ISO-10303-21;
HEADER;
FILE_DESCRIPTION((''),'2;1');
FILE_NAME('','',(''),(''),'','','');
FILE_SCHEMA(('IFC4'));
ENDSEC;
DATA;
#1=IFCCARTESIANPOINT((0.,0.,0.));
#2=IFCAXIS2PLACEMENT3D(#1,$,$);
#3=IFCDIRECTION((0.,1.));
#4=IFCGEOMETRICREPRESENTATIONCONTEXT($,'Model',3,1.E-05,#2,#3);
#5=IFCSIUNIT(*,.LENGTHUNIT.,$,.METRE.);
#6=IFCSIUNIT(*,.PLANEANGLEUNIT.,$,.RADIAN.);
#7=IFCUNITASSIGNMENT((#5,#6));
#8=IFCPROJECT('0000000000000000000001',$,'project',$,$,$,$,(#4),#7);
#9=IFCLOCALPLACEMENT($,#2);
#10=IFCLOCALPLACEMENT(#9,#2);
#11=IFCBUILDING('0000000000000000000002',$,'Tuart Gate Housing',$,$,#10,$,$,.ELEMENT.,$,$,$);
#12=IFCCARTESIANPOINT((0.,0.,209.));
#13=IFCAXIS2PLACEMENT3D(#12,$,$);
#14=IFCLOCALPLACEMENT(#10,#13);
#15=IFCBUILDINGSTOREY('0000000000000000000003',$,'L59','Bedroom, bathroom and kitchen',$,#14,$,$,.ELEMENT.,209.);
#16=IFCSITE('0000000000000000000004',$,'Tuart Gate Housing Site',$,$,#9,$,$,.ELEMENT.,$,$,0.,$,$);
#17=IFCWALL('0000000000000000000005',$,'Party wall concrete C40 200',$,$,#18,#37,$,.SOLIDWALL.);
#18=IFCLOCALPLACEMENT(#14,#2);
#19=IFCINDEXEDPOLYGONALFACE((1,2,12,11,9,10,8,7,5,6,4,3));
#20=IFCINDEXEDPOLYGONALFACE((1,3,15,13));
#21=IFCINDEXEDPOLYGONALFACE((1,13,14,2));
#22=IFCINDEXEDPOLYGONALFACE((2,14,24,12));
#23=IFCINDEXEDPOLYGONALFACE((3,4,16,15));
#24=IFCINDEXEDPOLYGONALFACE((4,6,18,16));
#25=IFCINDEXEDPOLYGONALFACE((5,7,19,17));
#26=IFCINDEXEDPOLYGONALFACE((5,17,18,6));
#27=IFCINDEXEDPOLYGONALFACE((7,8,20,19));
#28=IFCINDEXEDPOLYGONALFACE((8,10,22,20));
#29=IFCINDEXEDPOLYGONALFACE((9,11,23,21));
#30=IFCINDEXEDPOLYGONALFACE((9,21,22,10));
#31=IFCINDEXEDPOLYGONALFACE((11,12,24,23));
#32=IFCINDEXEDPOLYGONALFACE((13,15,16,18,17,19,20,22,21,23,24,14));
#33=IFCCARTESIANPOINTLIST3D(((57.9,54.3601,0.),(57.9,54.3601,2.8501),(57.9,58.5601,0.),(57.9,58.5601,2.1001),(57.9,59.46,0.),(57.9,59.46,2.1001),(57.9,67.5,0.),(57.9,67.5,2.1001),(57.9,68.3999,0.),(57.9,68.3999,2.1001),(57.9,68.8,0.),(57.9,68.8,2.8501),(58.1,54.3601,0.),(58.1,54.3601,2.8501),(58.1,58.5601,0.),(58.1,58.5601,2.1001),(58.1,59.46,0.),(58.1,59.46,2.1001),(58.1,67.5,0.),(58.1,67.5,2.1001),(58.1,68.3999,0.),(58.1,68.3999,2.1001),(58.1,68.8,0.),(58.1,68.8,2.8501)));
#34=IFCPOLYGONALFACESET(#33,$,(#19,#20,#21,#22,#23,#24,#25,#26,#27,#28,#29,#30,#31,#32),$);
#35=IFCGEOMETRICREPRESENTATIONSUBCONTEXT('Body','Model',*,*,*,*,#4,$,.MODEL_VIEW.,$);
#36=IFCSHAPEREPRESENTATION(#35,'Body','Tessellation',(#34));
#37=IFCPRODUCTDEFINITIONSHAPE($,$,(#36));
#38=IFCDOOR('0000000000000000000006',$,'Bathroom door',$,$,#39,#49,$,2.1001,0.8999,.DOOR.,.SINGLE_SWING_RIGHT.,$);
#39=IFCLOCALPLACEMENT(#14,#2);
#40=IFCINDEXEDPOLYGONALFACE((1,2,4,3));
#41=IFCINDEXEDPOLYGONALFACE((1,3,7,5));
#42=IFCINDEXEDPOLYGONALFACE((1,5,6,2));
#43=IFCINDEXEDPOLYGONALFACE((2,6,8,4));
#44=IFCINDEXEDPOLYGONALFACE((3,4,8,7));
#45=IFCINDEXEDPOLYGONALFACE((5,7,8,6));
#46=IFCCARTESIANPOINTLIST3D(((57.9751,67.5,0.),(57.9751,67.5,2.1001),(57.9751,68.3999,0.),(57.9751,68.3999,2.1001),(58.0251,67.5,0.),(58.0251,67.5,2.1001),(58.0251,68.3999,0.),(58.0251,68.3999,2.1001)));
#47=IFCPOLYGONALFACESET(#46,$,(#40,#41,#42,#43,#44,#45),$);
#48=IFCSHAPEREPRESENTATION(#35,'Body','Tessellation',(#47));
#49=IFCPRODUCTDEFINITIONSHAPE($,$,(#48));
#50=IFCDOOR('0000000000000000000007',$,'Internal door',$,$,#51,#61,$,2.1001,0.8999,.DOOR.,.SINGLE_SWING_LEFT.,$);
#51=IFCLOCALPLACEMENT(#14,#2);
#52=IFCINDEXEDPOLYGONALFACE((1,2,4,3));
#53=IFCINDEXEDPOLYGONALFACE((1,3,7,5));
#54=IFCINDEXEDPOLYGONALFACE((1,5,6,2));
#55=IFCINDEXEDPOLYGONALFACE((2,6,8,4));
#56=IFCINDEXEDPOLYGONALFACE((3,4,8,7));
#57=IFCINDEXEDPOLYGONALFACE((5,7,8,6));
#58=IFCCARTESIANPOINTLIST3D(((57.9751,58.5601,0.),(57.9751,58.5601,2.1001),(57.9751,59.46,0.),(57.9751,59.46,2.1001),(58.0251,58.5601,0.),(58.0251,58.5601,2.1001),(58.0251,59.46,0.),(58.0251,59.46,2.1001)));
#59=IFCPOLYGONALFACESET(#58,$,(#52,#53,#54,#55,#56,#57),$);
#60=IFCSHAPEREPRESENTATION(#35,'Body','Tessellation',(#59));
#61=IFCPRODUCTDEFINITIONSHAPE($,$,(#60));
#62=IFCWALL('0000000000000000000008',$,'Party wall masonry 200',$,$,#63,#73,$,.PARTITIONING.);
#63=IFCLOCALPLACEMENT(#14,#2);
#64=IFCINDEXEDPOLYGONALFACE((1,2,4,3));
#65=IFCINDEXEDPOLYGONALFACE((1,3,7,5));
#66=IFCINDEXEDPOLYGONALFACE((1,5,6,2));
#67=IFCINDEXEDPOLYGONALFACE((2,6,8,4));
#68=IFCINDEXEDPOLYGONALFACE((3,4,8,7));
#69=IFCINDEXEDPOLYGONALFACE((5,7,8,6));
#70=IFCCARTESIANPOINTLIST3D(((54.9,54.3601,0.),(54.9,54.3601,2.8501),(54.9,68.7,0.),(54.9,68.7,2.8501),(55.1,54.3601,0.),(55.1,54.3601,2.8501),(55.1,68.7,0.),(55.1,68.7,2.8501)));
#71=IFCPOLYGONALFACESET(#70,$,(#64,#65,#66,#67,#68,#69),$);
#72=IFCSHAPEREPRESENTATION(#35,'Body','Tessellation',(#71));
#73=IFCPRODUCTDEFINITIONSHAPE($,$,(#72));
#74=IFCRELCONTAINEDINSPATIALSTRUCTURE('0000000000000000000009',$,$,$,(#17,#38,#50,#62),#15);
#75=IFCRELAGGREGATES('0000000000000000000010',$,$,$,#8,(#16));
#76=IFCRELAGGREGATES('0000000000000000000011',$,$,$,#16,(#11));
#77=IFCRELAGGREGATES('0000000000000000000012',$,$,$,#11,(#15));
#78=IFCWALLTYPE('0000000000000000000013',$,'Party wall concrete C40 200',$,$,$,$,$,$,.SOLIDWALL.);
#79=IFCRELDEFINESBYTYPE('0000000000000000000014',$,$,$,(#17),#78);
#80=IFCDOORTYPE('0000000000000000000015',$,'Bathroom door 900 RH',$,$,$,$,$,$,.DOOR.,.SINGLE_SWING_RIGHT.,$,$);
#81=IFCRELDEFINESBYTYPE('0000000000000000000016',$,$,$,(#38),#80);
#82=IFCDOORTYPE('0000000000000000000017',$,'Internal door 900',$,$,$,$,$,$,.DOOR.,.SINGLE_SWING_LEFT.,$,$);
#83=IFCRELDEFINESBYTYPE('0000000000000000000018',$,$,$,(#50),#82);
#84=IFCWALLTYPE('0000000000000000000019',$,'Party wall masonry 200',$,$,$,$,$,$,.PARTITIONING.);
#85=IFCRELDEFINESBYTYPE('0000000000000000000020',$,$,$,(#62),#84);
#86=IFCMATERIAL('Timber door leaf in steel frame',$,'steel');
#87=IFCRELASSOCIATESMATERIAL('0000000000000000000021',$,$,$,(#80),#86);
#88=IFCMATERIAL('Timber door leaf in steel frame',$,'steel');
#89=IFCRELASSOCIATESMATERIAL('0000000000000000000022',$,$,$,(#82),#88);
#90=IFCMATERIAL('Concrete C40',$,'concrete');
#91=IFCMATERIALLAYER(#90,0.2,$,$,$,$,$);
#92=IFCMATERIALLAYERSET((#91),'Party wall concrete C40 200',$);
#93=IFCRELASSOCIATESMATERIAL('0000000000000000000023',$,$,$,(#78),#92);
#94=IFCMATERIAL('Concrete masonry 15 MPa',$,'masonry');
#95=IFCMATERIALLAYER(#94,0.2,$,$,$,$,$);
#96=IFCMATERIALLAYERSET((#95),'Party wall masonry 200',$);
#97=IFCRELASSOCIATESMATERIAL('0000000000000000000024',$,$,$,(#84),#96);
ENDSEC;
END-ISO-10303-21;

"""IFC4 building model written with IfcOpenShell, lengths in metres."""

from ifc_helpers import new_model, si_unit, direction, frame, frame_2d, origin, place, context, subcontext, project, spatial, rectangle, extrude, material, layer, layer_set, type_object, element, fill, save


model = new_model("IFC4")

# Units and contexts
model_context = context("Model", 3, precision=1e-05, world=origin(), true_north=direction((0.0, 1.0)))
body_context = subcontext(model_context, "Body", "Model", "MODEL_VIEW")
ifc_project = project(units=[si_unit("LENGTHUNIT", "METRE"), si_unit("PLANEANGLEUNIT", "RADIAN")], contexts=[model_context])

# Site, building, storey
site_placement = place(None, origin())
site = spatial("IfcSite", under=ifc_project, at=site_placement, Name="Tuart Gate Housing Site", CompositionType="ELEMENT", RefElevation=0.0)
building_placement = place(site_placement, origin())
building = spatial("IfcBuilding", under=site, at=building_placement, Name="Tuart Gate Housing", CompositionType="ELEMENT")
storey_placement = place(building_placement, frame((0.0, 0.0, 209.0)))
storey = spatial("IfcBuildingStorey", under=building, at=storey_placement, Name="L59", Description="Bedroom, bathroom and kitchen", CompositionType="ELEMENT", Elevation=209.0)

# Wall, openings, doors
ifc_material_1 = material(Name="Timber door leaf in steel frame", Category="steel")
door_type_1 = type_object("IfcDoorType", Name="Bathroom door 900 RH", OperationType="SINGLE_SWING_RIGHT", PredefinedType="DOOR", material=ifc_material_1)
ifc_material_2 = material(Name="Timber door leaf in steel frame", Category="steel")
door_type_2 = type_object("IfcDoorType", Name="Internal door 900", OperationType="SINGLE_SWING_LEFT", PredefinedType="DOOR", material=ifc_material_2)
ifc_material_3 = material(Name="Concrete C40", Category="concrete")
ifc_layer_1 = layer(ifc_material_3, 0.2)
ifc_layer_set_1 = layer_set([ifc_layer_1], Name="Party wall concrete C40 200")
wall_type_1 = type_object("IfcWallType", Name="Party wall concrete C40 200", PredefinedType="SOLIDWALL", material=ifc_layer_set_1)
wall_1_placement = place(storey_placement, frame((58.0, 54.3601, 0.0), z_axis=(0.0, 0.0, 1.0), x_axis=(0.0, 1.0, 0.0)))
wall_1 = element("IfcWall", 1, at=wall_1_placement, inside=storey, type_object=wall_type_1, Name="Party wall concrete C40 200", PredefinedType="SOLIDWALL", context=body_context, shape_type="SweptSolid", body=[
    extrude(rectangle(XDim=14.4399, YDim=0.2, at=frame_2d((7.22, 0.0))), origin(), (0.0, 0.0, 1.0), 2.8501),
])
opening_1_placement = place(wall_1_placement, frame((4.2, 0.0, 0.0)))
opening_1 = element("IfcOpeningElement", 2, at=opening_1_placement, cuts=wall_1, PredefinedType="OPENING", context=body_context, shape_type="SweptSolid", body=[
    extrude(rectangle(XDim=0.8999, YDim=2.1001, at=frame_2d((0.45, 1.05))), frame((0.0, 0.1099, 0.0), z_axis=(0.0, -1.0, 0.0), x_axis=(1.0, 0.0, 0.0)), (0.0, 0.0, 1.0), 0.22),
])
opening_2_placement = place(wall_1_placement, frame((13.1399, 0.0, 0.0)))
opening_2 = element("IfcOpeningElement", 3, at=opening_2_placement, cuts=wall_1, PredefinedType="OPENING", context=body_context, shape_type="SweptSolid", body=[
    extrude(rectangle(XDim=0.8999, YDim=2.1001, at=frame_2d((0.45, 1.05))), frame((0.0, 0.1099, 0.0), z_axis=(0.0, -1.0, 0.0), x_axis=(1.0, 0.0, 0.0)), (0.0, 0.0, 1.0), 0.22),
])
door_1_placement = place(opening_2_placement, origin())
door_1 = element("IfcDoor", 4, at=door_1_placement, inside=storey, type_object=door_type_1, Name="Bathroom door", OperationType="SINGLE_SWING_RIGHT", OverallHeight=2.1001, OverallWidth=0.8999, PredefinedType="DOOR", context=body_context, shape_type="SweptSolid", body=[
    extrude(rectangle(XDim=0.8999, YDim=2.1001, at=frame_2d((0.45, 1.05))), frame((0.0, 0.0249, 0.0), z_axis=(0.0, -1.0, 0.0), x_axis=(1.0, 0.0, 0.0)), (0.0, 0.0, 1.0), 0.05),
])
fill(opening_2, door_1)
door_2_placement = place(opening_1_placement, origin())
door_2 = element("IfcDoor", 5, at=door_2_placement, inside=storey, type_object=door_type_2, Name="Internal door", OperationType="SINGLE_SWING_LEFT", OverallHeight=2.1001, OverallWidth=0.8999, PredefinedType="DOOR", context=body_context, shape_type="SweptSolid", body=[
    extrude(rectangle(XDim=0.8999, YDim=2.1001, at=frame_2d((0.45, 1.05))), frame((0.0, 0.0249, 0.0), z_axis=(0.0, -1.0, 0.0), x_axis=(1.0, 0.0, 0.0)), (0.0, 0.0, 1.0), 0.05),
])
fill(opening_1, door_2)

# Wall
ifc_material_4 = material(Name="Concrete masonry 15 MPa", Category="masonry")
ifc_layer_2 = layer(ifc_material_4, 0.2)
ifc_layer_set_2 = layer_set([ifc_layer_2], Name="Party wall masonry 200")
wall_type_2 = type_object("IfcWallType", Name="Party wall masonry 200", PredefinedType="PARTITIONING", material=ifc_layer_set_2)
wall_2_placement = place(storey_placement, frame((55.0, 54.3601, 0.0), z_axis=(0.0, 0.0, 1.0), x_axis=(0.0, 1.0, 0.0)))
element("IfcWall", 6, at=wall_2_placement, inside=storey, type_object=wall_type_2, Name="Party wall masonry 200", PredefinedType="PARTITIONING", context=body_context, shape_type="SweptSolid", body=[
    extrude(rectangle(XDim=14.3398, YDim=0.2, at=frame_2d((7.1699, 0.0))), origin(), (0.0, 0.0, 1.0), 2.8501),
])

save(model, "model.ifc")
